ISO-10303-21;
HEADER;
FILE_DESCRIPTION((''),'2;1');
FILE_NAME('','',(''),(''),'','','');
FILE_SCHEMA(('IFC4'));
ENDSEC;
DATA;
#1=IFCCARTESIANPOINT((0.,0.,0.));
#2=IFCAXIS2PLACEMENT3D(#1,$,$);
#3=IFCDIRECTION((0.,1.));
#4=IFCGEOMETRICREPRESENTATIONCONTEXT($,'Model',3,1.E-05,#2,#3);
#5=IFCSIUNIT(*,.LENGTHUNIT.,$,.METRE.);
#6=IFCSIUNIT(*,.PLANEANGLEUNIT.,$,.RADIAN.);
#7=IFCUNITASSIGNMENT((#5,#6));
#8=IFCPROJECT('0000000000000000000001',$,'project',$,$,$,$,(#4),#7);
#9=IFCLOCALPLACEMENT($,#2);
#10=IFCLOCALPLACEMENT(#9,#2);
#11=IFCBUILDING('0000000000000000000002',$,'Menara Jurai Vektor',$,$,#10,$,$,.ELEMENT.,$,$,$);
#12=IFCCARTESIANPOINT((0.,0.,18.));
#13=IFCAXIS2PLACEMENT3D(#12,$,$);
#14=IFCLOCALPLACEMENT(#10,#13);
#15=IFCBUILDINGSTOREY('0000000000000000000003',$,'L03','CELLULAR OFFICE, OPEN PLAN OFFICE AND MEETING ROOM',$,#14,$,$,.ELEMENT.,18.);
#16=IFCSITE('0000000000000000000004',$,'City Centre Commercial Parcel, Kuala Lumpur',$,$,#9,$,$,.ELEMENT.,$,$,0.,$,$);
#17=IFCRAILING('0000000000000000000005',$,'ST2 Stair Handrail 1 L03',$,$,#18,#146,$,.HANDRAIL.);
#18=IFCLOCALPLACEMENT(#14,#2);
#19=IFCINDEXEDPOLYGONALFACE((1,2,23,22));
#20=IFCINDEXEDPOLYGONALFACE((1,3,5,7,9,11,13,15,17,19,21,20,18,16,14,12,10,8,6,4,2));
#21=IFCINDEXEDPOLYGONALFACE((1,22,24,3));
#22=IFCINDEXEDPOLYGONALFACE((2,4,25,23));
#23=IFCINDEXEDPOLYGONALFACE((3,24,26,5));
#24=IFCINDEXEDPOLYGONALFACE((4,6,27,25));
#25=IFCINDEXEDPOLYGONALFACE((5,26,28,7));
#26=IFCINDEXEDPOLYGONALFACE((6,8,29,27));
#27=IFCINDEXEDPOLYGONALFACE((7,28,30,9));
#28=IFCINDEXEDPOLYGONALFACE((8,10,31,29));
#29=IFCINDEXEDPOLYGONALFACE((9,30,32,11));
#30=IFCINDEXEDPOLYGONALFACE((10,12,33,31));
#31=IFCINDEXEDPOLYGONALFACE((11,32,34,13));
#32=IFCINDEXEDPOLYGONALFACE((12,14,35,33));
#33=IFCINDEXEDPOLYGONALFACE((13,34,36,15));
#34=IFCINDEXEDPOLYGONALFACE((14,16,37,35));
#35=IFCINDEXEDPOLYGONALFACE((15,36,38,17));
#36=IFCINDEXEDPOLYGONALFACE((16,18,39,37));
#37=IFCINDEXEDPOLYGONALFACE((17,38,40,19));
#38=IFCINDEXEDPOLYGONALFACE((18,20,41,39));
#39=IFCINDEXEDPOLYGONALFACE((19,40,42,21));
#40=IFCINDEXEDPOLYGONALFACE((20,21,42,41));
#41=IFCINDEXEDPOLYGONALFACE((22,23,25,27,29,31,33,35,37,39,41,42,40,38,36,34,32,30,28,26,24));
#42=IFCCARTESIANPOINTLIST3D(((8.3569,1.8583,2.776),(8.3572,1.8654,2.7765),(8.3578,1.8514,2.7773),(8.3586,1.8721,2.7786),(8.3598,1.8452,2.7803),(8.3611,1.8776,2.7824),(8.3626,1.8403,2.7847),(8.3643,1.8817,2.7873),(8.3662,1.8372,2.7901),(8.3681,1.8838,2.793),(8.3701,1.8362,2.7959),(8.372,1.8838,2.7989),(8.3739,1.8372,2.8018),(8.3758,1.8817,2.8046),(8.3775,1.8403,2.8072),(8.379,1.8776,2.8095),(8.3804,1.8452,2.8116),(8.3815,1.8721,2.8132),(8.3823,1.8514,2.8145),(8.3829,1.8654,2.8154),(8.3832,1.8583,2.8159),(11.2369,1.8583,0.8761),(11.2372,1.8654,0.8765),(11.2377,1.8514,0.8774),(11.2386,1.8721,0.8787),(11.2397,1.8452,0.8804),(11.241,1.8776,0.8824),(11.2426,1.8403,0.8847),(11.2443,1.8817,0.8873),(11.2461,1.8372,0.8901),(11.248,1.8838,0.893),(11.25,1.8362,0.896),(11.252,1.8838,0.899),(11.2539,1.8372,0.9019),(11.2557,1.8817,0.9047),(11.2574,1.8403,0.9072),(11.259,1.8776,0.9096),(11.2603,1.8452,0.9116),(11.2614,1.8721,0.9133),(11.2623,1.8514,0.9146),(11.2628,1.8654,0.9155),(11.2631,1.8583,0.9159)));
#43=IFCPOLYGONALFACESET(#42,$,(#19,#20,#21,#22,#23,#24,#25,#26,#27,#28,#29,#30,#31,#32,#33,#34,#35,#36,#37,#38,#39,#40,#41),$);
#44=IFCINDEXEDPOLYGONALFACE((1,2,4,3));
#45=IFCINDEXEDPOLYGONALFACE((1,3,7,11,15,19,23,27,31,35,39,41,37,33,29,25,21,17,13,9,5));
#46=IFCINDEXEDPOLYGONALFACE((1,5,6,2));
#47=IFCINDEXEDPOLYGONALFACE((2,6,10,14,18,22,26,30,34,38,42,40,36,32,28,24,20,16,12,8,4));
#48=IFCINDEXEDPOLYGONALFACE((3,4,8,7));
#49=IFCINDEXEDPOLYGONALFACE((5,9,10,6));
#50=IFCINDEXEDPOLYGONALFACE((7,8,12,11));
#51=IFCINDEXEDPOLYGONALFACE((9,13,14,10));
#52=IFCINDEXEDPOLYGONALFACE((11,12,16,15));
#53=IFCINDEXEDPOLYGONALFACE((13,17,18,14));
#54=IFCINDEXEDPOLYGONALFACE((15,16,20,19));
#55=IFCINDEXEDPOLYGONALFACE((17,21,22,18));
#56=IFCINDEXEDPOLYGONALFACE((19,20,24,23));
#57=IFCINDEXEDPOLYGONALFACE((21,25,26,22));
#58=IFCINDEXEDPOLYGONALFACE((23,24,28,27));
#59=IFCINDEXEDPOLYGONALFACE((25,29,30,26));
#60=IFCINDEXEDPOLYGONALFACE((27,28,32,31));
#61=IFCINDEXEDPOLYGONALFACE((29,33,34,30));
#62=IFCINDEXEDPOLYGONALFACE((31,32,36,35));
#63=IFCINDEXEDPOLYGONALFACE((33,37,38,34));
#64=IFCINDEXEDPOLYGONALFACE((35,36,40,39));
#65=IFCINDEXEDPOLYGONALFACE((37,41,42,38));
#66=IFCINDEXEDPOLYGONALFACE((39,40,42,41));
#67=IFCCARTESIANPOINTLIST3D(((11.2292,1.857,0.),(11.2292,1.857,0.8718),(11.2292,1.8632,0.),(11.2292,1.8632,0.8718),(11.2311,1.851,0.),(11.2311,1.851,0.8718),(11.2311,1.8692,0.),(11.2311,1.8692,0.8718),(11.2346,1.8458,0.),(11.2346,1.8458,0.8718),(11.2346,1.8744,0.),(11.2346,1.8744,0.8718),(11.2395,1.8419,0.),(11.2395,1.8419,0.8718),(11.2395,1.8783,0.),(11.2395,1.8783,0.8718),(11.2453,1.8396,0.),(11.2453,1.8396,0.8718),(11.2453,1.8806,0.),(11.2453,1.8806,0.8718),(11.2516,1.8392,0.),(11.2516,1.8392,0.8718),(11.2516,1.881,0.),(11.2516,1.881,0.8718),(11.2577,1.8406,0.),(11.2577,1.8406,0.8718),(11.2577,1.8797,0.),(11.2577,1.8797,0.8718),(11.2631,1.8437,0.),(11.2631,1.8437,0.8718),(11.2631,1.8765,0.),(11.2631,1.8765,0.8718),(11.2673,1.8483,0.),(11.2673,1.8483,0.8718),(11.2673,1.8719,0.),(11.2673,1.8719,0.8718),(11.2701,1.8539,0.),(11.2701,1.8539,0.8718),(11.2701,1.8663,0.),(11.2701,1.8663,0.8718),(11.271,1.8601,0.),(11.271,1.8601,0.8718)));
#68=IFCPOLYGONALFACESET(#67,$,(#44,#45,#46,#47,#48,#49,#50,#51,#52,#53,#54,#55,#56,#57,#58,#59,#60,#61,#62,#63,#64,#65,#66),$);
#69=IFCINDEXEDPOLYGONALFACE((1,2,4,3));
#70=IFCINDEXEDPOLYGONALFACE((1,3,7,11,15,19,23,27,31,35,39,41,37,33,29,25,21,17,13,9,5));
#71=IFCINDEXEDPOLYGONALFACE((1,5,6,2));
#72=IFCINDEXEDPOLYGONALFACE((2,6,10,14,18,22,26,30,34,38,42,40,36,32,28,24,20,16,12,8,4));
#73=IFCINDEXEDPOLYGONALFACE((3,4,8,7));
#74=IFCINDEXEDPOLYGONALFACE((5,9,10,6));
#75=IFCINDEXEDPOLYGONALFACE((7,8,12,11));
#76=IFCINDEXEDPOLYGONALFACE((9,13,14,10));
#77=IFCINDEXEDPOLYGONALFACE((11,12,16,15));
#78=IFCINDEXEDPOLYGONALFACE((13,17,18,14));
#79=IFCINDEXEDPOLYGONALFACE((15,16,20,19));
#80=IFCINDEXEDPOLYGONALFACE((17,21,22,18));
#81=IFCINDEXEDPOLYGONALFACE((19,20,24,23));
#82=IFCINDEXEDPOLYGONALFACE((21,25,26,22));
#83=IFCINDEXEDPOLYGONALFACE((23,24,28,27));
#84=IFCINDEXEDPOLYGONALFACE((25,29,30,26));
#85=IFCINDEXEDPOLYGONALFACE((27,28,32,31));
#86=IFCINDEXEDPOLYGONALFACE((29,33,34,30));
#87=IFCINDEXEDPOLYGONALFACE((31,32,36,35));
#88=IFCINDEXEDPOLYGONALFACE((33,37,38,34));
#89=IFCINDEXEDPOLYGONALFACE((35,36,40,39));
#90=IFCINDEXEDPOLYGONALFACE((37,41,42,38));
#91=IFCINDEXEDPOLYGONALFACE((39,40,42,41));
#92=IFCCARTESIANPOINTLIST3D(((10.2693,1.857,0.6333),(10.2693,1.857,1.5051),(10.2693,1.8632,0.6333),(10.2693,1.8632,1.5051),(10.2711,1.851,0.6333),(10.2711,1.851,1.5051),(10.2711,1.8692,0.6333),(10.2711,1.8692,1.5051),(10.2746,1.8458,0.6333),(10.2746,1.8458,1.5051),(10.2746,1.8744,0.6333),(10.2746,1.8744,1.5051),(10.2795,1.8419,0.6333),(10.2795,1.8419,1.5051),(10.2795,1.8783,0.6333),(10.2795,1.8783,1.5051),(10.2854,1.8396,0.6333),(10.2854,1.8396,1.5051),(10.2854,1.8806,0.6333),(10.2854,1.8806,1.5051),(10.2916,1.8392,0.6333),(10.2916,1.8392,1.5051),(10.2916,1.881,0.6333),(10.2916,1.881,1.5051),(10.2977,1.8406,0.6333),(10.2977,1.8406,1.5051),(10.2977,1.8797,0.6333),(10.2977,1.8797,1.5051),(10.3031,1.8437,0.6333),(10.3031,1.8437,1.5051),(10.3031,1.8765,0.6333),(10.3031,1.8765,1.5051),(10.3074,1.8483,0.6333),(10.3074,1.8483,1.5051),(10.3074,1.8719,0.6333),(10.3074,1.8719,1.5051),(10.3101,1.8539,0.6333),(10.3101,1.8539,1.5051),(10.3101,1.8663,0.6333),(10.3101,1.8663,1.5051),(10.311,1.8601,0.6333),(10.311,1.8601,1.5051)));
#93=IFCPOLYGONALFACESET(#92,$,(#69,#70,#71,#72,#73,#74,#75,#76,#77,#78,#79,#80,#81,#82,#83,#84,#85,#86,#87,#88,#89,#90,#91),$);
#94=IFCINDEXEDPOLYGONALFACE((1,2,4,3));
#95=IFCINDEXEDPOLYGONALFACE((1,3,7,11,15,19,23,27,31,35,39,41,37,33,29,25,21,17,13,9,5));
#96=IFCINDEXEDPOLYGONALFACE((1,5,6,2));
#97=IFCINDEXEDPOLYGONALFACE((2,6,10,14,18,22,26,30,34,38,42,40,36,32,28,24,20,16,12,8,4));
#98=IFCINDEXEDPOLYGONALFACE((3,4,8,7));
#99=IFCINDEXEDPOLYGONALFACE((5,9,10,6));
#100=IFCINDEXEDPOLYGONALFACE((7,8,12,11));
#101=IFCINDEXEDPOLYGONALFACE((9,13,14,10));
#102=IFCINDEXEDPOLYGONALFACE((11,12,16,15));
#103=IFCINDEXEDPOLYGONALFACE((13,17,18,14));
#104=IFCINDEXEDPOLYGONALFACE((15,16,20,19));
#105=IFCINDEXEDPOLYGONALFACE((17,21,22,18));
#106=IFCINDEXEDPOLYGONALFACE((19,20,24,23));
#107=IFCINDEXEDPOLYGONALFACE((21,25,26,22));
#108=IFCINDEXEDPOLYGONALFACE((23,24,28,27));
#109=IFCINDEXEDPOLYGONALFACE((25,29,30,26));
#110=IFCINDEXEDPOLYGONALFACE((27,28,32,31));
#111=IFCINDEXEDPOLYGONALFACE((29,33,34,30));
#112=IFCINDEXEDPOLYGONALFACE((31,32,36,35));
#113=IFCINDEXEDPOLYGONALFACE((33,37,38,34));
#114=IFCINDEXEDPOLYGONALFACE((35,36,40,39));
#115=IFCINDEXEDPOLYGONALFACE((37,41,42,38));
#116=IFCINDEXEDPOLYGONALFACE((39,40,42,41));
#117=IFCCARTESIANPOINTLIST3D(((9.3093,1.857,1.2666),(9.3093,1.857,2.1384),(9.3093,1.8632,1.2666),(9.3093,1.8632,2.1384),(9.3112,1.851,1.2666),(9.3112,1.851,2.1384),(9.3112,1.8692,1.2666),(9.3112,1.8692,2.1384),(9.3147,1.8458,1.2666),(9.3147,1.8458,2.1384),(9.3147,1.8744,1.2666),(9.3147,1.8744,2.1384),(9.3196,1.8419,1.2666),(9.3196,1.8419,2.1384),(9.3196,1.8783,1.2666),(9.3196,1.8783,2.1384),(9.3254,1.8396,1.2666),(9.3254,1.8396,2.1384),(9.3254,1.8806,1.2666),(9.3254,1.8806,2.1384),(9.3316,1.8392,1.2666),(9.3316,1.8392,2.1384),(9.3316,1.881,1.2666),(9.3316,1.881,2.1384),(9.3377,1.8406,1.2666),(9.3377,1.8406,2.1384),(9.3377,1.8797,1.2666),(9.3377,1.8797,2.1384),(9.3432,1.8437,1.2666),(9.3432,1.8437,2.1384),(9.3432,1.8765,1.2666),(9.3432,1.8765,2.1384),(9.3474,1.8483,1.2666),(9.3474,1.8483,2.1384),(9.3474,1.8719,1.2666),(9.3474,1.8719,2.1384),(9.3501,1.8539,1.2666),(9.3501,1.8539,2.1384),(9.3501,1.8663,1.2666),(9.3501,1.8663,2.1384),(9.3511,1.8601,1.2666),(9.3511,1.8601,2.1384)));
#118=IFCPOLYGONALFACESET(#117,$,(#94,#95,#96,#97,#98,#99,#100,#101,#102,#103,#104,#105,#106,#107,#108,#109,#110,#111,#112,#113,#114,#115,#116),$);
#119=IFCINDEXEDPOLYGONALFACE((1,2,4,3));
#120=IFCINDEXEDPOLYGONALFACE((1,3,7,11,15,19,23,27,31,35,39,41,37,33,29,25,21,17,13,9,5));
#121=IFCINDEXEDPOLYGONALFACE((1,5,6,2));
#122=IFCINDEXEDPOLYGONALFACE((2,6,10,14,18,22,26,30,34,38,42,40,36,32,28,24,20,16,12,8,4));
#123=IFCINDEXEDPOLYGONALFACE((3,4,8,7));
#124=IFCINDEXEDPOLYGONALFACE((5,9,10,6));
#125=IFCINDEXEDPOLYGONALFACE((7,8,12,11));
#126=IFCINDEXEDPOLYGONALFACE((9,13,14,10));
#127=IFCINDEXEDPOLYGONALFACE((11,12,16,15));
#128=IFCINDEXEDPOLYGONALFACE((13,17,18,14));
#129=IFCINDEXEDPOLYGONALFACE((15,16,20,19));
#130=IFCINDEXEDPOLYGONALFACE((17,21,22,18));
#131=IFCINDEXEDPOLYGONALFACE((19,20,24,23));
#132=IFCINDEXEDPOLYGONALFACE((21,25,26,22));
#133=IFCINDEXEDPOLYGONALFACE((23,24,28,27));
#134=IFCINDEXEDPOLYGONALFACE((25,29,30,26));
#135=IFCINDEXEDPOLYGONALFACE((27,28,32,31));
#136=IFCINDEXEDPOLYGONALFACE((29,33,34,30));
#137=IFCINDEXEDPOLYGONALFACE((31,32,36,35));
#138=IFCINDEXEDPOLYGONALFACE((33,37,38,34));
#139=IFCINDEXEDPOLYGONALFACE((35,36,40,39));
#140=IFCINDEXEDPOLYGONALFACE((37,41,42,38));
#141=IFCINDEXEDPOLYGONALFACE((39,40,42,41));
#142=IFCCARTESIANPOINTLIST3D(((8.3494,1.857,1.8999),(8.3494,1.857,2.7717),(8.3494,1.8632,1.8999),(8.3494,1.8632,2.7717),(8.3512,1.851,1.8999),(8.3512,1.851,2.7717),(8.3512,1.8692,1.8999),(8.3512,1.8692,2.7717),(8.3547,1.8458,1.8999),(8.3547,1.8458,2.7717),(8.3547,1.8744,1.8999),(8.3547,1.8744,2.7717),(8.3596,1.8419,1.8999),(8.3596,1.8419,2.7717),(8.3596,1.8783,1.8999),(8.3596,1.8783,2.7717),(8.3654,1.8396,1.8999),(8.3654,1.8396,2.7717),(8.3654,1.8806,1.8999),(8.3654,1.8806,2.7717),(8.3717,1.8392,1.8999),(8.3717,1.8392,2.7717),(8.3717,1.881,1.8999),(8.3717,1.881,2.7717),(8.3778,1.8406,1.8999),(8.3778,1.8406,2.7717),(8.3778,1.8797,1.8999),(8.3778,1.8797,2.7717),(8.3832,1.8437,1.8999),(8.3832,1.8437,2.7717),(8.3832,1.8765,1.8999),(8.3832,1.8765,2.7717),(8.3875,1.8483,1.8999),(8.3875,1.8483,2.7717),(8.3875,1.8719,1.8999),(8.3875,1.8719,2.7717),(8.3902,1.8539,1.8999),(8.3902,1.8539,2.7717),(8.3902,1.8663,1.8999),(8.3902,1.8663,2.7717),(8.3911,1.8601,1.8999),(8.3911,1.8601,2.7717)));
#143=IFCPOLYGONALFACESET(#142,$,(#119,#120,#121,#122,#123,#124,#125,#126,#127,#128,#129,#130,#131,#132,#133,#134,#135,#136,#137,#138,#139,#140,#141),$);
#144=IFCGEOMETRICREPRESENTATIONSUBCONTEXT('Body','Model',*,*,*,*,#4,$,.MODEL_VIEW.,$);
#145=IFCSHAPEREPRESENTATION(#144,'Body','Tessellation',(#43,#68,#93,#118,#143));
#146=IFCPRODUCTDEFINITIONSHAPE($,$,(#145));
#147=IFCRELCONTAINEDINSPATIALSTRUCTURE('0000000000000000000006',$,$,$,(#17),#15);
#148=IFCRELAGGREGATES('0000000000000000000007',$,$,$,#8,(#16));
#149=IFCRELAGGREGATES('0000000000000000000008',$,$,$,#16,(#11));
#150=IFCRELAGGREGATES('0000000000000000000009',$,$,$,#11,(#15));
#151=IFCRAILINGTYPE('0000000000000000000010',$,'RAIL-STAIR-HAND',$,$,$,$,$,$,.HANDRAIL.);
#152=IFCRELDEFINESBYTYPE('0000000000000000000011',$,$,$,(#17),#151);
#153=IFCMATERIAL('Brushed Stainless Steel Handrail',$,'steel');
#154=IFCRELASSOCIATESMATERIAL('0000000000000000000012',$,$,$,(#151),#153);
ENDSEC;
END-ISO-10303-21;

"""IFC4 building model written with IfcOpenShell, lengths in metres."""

from ifc_helpers import new_model, si_unit, direction, frame, origin, origin_2d, place, context, subcontext, project, spatial, circle, extrude, material, type_object, element, save


model = new_model("IFC4")

# Units and contexts
model_context = context("Model", 3, precision=1e-05, world=origin(), true_north=direction((0.0, 1.0)))
body_context = subcontext(model_context, "Body", "Model", "MODEL_VIEW")
ifc_project = project(units=[si_unit("LENGTHUNIT", "METRE"), si_unit("PLANEANGLEUNIT", "RADIAN")], contexts=[model_context])

# Site, building, storey
site_placement = place(None, origin())
site = spatial("IfcSite", under=ifc_project, at=site_placement, Name="City Centre Commercial Parcel, Kuala Lumpur", CompositionType="ELEMENT", RefElevation=0.0)
building_placement = place(site_placement, origin())
building = spatial("IfcBuilding", under=site, at=building_placement, Name="Menara Jurai Vektor", CompositionType="ELEMENT")
storey_placement = place(building_placement, frame((0.0, 0.0, 18.0)))
storey = spatial("IfcBuildingStorey", under=building, at=storey_placement, Name="L03", Description="CELLULAR OFFICE, OPEN PLAN OFFICE AND MEETING ROOM", CompositionType="ELEMENT", Elevation=18.0)

# Railing
ifc_material_1 = material(Name="Brushed Stainless Steel Handrail", Category="steel")
railing_type_1 = type_object("IfcRailingType", Name="RAIL-STAIR-HAND", PredefinedType="HANDRAIL", material=ifc_material_1)
railing_1_placement = place(storey_placement, frame((11.25, 1.8601, 0.0)))
element("IfcRailing", 1, at=railing_1_placement, inside=storey, type_object=railing_type_1, Name="ST2 Stair Handrail 1 L03", PredefinedType="HANDRAIL", context=body_context, shape_type="SweptSolid", body=[
    extrude(circle(Radius=0.0239, at=origin_2d()), frame((0.0, 0.0, 0.896), z_axis=(-0.834719, 0.0, 0.550677), x_axis=(0.0, -1.0, 0.0)), (0.0, 0.0, 1.0), 3.4502),
    extrude(circle(Radius=0.021, at=origin_2d()), origin(), (0.0, 0.0, 1.0), 0.8718),
    extrude(circle(Radius=0.021, at=origin_2d()), frame((-0.96, 0.0, 0.6333)), (0.0, 0.0, 1.0), 0.8718),
    extrude(circle(Radius=0.021, at=origin_2d()), frame((-1.9199, 0.0, 1.2666)), (0.0, 0.0, 1.0), 0.8718),
    extrude(circle(Radius=0.021, at=origin_2d()), frame((-2.8799, 0.0, 1.8999)), (0.0, 0.0, 1.0), 0.8718),
])

save(model, "model.ifc")
